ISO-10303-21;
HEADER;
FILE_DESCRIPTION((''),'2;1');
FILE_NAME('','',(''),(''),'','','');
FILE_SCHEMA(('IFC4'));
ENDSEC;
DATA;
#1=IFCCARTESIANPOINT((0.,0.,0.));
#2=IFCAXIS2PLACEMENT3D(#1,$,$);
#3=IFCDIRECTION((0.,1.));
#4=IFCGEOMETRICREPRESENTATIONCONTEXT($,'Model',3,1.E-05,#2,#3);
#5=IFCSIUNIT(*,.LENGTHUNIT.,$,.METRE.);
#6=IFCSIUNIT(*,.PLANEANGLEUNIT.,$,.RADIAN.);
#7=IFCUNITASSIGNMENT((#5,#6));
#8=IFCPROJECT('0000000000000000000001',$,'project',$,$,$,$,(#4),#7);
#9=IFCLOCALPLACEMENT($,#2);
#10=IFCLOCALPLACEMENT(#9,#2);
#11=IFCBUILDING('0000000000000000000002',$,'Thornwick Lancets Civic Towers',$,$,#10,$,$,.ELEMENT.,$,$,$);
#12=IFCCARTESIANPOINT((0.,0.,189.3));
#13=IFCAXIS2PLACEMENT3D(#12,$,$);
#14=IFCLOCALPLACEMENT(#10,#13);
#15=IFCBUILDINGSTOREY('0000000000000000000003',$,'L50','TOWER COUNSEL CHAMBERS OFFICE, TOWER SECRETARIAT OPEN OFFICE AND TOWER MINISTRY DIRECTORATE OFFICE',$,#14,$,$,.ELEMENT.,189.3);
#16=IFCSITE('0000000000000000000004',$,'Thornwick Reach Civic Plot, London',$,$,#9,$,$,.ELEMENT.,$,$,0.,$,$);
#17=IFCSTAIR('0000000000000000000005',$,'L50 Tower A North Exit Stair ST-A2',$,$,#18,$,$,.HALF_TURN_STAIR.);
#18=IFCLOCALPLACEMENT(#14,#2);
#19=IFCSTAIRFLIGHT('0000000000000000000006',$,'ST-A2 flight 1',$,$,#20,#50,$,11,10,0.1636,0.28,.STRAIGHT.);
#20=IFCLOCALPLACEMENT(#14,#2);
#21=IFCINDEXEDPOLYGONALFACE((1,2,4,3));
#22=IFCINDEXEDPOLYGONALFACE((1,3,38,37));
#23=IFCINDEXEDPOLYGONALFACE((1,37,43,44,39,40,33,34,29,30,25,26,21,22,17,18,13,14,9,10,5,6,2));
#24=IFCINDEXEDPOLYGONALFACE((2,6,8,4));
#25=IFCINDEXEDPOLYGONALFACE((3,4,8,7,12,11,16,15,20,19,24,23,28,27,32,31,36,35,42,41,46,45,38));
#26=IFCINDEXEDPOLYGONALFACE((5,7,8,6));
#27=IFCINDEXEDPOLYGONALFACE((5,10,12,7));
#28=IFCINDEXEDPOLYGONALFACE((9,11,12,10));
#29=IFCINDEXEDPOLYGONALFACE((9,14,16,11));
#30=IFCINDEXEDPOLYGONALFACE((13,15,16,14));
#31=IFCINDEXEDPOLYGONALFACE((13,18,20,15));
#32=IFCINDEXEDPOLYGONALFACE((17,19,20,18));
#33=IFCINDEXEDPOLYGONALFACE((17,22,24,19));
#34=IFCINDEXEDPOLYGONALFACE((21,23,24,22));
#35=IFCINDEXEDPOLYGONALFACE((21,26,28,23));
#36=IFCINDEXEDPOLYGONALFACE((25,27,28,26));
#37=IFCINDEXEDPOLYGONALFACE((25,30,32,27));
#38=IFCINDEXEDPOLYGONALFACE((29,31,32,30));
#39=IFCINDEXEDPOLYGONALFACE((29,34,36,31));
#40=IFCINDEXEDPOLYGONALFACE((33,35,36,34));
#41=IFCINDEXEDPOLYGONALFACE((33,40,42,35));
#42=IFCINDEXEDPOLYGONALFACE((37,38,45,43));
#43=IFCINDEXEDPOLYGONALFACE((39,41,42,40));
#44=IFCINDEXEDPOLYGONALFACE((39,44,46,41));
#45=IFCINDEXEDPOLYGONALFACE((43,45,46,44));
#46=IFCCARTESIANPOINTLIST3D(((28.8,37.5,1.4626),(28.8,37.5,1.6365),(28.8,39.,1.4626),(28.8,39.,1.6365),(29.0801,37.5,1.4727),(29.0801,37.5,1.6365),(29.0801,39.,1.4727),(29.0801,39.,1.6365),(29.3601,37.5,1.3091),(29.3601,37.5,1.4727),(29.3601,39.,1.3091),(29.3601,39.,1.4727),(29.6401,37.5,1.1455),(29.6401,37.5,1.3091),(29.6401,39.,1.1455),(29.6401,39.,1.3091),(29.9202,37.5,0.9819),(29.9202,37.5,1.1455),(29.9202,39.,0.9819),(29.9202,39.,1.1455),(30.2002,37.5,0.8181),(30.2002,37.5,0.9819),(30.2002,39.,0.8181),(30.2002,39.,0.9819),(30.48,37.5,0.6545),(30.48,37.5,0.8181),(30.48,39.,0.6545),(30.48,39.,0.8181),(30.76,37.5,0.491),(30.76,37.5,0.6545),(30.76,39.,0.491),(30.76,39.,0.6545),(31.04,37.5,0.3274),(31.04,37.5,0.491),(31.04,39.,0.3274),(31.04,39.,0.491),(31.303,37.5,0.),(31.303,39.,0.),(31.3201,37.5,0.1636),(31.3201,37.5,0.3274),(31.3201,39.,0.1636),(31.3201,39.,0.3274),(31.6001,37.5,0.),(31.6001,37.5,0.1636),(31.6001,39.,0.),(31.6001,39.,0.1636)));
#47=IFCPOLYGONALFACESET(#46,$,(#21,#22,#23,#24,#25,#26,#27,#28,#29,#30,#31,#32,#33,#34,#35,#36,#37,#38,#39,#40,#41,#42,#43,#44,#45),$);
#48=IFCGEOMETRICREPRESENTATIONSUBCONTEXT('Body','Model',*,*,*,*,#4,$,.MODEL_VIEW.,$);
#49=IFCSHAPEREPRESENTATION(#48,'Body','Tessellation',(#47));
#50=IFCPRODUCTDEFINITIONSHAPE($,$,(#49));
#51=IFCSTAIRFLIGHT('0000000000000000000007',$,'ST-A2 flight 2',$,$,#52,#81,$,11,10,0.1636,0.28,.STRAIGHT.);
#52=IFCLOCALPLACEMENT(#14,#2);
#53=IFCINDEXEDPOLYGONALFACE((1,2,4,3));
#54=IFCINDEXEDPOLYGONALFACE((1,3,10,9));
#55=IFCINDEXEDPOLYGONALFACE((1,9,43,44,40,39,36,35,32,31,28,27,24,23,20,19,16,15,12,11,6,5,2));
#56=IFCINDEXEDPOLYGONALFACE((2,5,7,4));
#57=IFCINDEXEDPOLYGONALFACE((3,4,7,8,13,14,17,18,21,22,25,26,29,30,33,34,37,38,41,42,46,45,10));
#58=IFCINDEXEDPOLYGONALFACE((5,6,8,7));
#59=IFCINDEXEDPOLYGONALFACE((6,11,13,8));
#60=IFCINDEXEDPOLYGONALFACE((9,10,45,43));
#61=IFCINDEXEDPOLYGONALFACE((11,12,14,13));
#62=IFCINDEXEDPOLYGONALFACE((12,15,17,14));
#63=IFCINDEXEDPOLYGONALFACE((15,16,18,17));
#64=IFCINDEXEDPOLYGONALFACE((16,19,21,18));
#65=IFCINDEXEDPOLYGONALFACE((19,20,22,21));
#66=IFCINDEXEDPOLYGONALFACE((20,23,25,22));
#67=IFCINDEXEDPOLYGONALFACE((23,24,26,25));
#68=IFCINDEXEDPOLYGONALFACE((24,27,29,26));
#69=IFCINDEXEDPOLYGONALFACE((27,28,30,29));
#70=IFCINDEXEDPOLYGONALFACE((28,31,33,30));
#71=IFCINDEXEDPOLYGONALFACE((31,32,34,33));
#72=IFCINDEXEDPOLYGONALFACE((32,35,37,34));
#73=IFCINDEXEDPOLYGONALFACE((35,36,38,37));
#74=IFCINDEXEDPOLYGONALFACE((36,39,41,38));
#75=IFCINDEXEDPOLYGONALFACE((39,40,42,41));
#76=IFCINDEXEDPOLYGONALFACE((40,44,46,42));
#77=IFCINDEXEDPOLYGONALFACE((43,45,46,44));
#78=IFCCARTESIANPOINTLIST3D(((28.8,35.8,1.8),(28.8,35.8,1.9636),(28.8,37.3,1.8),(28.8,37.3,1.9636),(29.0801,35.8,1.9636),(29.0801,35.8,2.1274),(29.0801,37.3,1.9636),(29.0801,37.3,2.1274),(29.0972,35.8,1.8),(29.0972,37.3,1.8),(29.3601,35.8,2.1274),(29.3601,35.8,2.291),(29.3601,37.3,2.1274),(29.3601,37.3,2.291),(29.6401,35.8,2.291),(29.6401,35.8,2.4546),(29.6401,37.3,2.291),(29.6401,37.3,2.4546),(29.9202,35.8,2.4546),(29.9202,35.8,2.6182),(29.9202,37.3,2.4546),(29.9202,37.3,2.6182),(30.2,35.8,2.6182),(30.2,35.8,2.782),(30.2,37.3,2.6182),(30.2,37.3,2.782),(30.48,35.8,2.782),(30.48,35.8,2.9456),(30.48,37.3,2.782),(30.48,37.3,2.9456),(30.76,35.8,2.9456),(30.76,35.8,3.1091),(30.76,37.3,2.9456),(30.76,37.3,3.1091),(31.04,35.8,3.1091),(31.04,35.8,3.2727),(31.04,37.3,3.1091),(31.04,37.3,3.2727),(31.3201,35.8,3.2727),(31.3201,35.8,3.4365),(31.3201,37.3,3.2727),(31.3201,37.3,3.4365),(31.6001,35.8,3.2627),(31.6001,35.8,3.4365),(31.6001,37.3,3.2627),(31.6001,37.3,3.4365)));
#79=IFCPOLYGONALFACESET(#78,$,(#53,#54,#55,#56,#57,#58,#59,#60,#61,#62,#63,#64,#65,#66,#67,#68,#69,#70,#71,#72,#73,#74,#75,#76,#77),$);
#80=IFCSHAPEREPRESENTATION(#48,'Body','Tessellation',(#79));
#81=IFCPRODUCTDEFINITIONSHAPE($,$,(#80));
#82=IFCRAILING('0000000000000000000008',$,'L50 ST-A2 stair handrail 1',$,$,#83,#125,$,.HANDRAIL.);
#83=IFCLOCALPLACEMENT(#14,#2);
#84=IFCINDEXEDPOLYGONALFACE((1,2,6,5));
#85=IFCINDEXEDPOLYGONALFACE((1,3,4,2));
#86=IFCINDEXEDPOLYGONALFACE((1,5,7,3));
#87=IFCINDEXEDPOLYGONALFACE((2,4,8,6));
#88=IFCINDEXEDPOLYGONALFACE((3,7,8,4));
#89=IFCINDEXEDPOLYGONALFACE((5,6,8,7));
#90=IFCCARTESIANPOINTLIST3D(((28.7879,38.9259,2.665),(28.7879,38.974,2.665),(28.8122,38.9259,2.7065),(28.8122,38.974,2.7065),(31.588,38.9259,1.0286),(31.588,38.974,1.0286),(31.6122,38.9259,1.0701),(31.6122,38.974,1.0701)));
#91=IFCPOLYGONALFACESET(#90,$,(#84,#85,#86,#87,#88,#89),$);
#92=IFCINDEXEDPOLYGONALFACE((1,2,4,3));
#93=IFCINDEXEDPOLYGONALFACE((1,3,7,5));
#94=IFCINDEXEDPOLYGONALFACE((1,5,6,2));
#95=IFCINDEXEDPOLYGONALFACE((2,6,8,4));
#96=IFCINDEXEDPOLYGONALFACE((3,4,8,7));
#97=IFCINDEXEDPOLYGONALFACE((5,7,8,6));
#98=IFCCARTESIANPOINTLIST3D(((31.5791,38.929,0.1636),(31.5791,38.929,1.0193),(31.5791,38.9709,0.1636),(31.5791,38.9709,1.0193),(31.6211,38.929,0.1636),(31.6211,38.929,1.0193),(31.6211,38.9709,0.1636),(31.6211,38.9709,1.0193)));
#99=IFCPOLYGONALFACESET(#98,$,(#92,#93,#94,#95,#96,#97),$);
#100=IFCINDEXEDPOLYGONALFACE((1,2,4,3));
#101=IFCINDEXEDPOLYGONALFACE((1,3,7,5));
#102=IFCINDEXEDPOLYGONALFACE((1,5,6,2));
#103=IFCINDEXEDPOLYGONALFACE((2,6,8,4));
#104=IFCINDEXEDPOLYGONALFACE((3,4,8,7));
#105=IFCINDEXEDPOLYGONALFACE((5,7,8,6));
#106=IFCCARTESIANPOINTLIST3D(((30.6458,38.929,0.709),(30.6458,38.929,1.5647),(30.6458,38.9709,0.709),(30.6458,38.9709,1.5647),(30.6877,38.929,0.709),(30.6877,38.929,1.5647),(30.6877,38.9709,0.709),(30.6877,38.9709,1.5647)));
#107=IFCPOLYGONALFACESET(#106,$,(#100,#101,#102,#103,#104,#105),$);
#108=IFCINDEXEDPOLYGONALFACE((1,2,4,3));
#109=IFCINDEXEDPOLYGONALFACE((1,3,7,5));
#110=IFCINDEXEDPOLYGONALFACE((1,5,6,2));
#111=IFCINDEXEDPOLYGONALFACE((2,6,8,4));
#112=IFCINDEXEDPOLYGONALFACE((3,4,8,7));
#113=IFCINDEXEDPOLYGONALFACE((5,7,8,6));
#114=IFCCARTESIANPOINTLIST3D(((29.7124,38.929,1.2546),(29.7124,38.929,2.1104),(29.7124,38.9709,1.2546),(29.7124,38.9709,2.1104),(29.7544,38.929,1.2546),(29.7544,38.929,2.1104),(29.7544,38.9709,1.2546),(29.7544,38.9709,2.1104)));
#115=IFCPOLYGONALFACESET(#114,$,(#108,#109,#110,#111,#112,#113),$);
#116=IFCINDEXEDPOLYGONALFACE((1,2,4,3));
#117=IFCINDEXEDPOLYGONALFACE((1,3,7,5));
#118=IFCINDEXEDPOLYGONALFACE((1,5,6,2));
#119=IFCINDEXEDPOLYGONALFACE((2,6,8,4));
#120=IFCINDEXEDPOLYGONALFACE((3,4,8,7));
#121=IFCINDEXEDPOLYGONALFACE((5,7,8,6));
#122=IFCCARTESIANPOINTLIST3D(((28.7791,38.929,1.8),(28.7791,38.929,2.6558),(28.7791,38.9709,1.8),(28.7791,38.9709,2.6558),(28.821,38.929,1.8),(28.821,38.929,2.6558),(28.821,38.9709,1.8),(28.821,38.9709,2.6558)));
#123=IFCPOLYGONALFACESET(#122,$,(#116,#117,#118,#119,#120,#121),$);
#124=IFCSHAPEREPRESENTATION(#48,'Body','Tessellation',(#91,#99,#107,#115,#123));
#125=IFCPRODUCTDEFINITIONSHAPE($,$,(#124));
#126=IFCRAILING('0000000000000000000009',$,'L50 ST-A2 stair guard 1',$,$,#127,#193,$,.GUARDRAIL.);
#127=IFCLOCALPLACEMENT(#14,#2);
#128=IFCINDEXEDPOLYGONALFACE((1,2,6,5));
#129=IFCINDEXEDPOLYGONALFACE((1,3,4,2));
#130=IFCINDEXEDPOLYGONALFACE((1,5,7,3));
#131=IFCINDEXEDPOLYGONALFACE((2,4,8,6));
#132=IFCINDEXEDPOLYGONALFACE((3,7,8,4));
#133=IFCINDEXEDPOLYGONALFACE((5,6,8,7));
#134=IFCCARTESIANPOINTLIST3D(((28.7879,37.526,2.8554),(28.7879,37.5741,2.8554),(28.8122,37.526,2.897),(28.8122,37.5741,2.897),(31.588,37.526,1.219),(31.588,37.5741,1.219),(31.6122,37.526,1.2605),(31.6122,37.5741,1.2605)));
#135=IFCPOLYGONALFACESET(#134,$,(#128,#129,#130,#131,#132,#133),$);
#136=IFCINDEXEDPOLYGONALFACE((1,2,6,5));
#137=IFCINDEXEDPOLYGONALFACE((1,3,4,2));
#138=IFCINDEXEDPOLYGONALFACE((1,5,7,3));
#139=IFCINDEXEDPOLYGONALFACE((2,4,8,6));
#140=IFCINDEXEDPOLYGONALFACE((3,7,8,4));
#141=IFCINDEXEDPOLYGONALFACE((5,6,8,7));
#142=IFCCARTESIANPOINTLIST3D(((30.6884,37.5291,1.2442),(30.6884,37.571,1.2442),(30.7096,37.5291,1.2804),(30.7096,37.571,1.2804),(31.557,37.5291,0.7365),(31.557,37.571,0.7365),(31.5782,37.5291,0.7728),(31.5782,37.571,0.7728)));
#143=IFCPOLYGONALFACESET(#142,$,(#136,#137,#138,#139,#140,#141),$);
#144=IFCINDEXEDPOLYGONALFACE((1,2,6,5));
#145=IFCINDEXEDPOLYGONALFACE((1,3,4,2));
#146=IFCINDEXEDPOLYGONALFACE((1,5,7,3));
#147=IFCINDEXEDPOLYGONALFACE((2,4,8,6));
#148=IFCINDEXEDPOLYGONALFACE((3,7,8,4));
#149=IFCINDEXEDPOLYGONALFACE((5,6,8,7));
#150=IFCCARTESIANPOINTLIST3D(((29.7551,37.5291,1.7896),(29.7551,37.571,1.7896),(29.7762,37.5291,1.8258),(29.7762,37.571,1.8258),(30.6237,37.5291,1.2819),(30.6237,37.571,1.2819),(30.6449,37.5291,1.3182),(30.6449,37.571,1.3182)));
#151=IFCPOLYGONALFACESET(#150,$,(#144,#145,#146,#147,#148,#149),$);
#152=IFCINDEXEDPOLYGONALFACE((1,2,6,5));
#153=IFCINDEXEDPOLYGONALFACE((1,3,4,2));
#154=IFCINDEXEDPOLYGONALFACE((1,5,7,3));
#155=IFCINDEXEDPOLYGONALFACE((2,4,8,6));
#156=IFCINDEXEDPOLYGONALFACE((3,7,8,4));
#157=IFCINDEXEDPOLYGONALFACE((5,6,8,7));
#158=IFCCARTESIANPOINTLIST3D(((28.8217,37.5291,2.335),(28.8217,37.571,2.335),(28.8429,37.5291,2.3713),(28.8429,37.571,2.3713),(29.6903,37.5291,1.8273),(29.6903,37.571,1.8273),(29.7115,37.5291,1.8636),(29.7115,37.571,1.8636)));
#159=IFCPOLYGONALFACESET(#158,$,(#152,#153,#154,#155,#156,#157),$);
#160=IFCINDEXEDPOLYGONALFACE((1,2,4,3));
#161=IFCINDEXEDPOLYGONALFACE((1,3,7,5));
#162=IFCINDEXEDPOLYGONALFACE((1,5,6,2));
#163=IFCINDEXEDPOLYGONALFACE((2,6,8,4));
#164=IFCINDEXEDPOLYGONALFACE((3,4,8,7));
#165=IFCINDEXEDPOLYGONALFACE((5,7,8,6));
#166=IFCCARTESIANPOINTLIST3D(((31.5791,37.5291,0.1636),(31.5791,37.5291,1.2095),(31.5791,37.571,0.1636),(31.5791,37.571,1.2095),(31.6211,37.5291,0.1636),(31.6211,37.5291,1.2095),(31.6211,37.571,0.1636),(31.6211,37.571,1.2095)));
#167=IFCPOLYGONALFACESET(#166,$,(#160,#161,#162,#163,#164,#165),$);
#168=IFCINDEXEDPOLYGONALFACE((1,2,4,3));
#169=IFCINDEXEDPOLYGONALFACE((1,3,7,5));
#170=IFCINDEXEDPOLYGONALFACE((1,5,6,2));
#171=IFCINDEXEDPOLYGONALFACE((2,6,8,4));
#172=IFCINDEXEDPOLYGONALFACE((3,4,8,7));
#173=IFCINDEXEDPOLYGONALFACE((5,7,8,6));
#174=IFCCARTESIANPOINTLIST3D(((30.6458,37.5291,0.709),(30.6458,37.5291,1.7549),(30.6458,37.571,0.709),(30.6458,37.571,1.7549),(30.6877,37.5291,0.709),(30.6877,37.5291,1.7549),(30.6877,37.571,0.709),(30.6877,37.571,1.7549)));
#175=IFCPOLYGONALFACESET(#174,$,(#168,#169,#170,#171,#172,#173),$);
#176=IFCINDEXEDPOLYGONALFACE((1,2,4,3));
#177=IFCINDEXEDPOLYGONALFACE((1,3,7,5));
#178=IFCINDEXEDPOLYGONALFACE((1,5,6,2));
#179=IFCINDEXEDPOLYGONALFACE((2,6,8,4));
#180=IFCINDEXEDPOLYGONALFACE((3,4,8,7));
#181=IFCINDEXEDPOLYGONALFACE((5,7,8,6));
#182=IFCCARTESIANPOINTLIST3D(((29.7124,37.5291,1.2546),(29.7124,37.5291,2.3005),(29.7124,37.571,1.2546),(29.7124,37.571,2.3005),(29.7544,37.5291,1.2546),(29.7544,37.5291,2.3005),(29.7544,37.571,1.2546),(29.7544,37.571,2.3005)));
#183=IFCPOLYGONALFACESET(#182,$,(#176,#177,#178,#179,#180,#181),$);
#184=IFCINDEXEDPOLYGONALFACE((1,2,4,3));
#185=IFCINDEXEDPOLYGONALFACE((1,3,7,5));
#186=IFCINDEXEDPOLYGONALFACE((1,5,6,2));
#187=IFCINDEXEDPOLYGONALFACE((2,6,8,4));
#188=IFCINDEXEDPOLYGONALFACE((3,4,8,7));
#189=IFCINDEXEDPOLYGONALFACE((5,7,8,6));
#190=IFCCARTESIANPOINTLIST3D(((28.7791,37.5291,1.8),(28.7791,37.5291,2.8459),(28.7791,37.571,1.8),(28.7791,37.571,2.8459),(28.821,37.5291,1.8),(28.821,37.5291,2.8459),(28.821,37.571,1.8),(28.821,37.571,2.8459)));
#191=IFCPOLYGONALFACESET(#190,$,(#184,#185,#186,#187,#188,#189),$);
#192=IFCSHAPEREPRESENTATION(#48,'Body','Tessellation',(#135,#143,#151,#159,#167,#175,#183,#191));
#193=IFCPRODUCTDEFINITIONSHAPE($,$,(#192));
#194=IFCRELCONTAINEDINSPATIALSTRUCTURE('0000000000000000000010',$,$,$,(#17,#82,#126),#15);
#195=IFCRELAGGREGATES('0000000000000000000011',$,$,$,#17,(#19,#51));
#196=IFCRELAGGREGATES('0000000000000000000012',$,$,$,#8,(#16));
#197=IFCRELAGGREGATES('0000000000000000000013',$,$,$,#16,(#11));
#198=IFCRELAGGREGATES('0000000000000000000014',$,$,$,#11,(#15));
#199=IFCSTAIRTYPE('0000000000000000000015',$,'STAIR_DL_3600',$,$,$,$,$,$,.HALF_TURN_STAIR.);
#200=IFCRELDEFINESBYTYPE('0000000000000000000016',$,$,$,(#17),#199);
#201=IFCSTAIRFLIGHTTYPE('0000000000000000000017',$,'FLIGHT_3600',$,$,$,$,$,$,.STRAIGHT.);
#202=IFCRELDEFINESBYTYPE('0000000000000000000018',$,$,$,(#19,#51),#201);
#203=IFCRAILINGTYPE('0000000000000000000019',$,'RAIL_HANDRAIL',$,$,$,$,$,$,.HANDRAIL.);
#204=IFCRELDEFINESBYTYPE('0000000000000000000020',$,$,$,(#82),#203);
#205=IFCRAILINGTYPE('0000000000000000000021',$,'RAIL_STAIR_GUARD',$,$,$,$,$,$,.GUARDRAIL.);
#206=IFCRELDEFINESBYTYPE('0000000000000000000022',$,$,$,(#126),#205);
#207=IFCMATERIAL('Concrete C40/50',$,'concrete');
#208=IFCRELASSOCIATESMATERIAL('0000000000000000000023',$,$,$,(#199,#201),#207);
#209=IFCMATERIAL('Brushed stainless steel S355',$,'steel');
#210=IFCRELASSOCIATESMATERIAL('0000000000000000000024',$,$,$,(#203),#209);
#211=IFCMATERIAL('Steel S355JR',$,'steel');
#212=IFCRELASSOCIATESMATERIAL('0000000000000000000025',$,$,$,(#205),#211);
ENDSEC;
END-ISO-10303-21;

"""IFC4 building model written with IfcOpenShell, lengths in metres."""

from ifc_helpers import new_model, si_unit, direction, frame, origin, origin_2d, place, context, subcontext, project, spatial, polyline, rectangle, outline, extrude, material, type_object, element, aggregate, save


model = new_model("IFC4")

# Units and contexts
model_context = context("Model", 3, precision=1e-05, world=origin(), true_north=direction((0.0, 1.0)))
body_context = subcontext(model_context, "Body", "Model", "MODEL_VIEW")
ifc_project = project(units=[si_unit("LENGTHUNIT", "METRE"), si_unit("PLANEANGLEUNIT", "RADIAN")], contexts=[model_context])

# Site, building, storey
site_placement = place(None, origin())
site = spatial("IfcSite", under=ifc_project, at=site_placement, Name="Thornwick Reach Civic Plot, London", CompositionType="ELEMENT", RefElevation=0.0)
building_placement = place(site_placement, origin())
building = spatial("IfcBuilding", under=site, at=building_placement, Name="Thornwick Lancets Civic Towers", CompositionType="ELEMENT")
storey_placement = place(building_placement, frame((0.0, 0.0, 189.3)))
storey = spatial("IfcBuildingStorey", under=building, at=storey_placement, Name="L50", Description="TOWER COUNSEL CHAMBERS OFFICE, TOWER SECRETARIAT OPEN OFFICE AND TOWER MINISTRY DIRECTORATE OFFICE", CompositionType="ELEMENT", Elevation=189.3)

# Shared definitions
ifc_material_1 = material(Name="Steel S355JR", Category="steel")
ifc_material_2 = material(Name="Concrete C40/50", Category="concrete")

# Stair, stair flights
stair_type = type_object("IfcStairType", Name="STAIR_DL_3600", PredefinedType="HALF_TURN_STAIR", material=ifc_material_2)
stair_placement = place(storey_placement, origin())
stair = element("IfcStair", 1, at=stair_placement, inside=storey, type_object=stair_type, Name="L50 Tower A North Exit Stair ST-A2", PredefinedType="HALF_TURN_STAIR")
stair_flight_type = type_object("IfcStairFlightType", Name="FLIGHT_3600", PredefinedType="STRAIGHT", material=ifc_material_2)
stair_flight_1_placement = place(storey_placement, frame((31.6001, 38.25, 0.0), z_axis=(0.0, 0.0, 1.0), x_axis=(-1.0, 0.0, 0.0)))
stair_flight_1 = element("IfcStairFlight", 2, at=stair_flight_1_placement, type_object=stair_flight_type, Name="ST-A2 flight 1", NumberOfRisers=11, NumberOfTreads=10, PredefinedType="STRAIGHT", RiserHeight=0.1636, TreadLength=0.28, context=body_context, shape_type="SweptSolid", body=[
    extrude(outline(polyline([(0.0, 0.0), (0.0, 0.1636), (0.28, 0.1636), (0.28, 0.3274), (0.5601, 0.3274), (0.5601, 0.491), (0.8401, 0.491), (0.8401, 0.6545), (1.1201, 0.6545), (1.1201, 0.8181), (1.3999, 0.8181), (1.3999, 0.9819), (1.6799, 0.9819), (1.6799, 1.1455), (1.96, 1.1455), (1.96, 1.3091), (2.24, 1.3091), (2.24, 1.4727), (2.52, 1.4727), (2.52, 1.6365), (2.8, 1.6365), (2.8, 1.8), (2.8, 1.4626), (0.2971, 0.0), (0.0, 0.0)])), frame((0.0, 0.75, 0.0), z_axis=(0.0, -1.0, 0.0), x_axis=(1.0, 0.0, 0.0)), (0.0, 0.0, 1.0), 1.5),
])
stair_flight_2_placement = place(storey_placement, frame((28.8, 36.55, 1.8), z_axis=(0.0, 0.0, 1.0), x_axis=(1.0, 0.0, 0.0)))
stair_flight_2 = element("IfcStairFlight", 3, at=stair_flight_2_placement, type_object=stair_flight_type, Name="ST-A2 flight 2", NumberOfRisers=11, NumberOfTreads=10, PredefinedType="STRAIGHT", RiserHeight=0.1636, TreadLength=0.28, context=body_context, shape_type="SweptSolid", body=[
    extrude(outline(polyline([(0.0, 0.0), (0.0, 0.1636), (0.28, 0.1636), (0.28, 0.3274), (0.5601, 0.3274), (0.5601, 0.491), (0.8401, 0.491), (0.8401, 0.6545), (1.1201, 0.6545), (1.1201, 0.8181), (1.3999, 0.8181), (1.3999, 0.9819), (1.6799, 0.9819), (1.6799, 1.1455), (1.96, 1.1455), (1.96, 1.3091), (2.24, 1.3091), (2.24, 1.4727), (2.52, 1.4727), (2.52, 1.6365), (2.8, 1.6365), (2.8, 1.8), (2.8, 1.4626), (0.2971, 0.0), (0.0, 0.0)])), frame((0.0, 0.75, 0.0), z_axis=(0.0, -1.0, 0.0), x_axis=(1.0, 0.0, 0.0)), (0.0, 0.0, 1.0), 1.5),
])
aggregate(stair, [stair_flight_1, stair_flight_2])

# Railings
ifc_material_3 = material(Name="Brushed stainless steel S355", Category="steel")
railing_type_1 = type_object("IfcRailingType", Name="RAIL_HANDRAIL", PredefinedType="HANDRAIL", material=ifc_material_3)
railing_1_placement = place(storey_placement, frame((31.6001, 38.95, 0.1636)))
element("IfcRailing", 4, at=railing_1_placement, inside=storey, type_object=railing_type_1, Name="L50 ST-A2 stair handrail 1", PredefinedType="HANDRAIL", context=body_context, shape_type="SweptSolid", body=[
    extrude(rectangle(XDim=0.0481, YDim=0.0481, at=origin_2d()), frame((0.0, 0.0, 0.8857), z_axis=(-0.863361, 0.0, 0.504587), x_axis=(0.0, -1.0, 0.0)), (0.0, 0.0, 1.0), 3.2432),
    extrude(rectangle(XDim=0.042, YDim=0.042, at=origin_2d()), origin(), (0.0, 0.0, 1.0), 0.8557),
    extrude(rectangle(XDim=0.042, YDim=0.042, at=origin_2d()), frame((-0.9333, 0.0, 0.5454)), (0.0, 0.0, 1.0), 0.8557),
    extrude(rectangle(XDim=0.042, YDim=0.042, at=origin_2d()), frame((-1.8667, 0.0, 1.0911)), (0.0, 0.0, 1.0), 0.8557),
    extrude(rectangle(XDim=0.042, YDim=0.042, at=origin_2d()), frame((-2.8, 0.0, 1.6365)), (0.0, 0.0, 1.0), 0.8557),
])
railing_type_2 = type_object("IfcRailingType", Name="RAIL_STAIR_GUARD", PredefinedType="GUARDRAIL", material=ifc_material_1)
railing_2_placement = place(storey_placement, frame((31.6001, 37.55, 0.1636)))
element("IfcRailing", 5, at=railing_2_placement, inside=storey, type_object=railing_type_2, Name="L50 ST-A2 stair guard 1", PredefinedType="GUARDRAIL", context=body_context, shape_type="SweptSolid", body=[
    extrude(rectangle(XDim=0.0481, YDim=0.0481, at=origin_2d()), frame((0.0, 0.0, 1.0762), z_axis=(-0.863361, 0.0, 0.504587), x_axis=(0.0, -1.0, 0.0)), (0.0, 0.0, 1.0), 3.2432),
    extrude(rectangle(XDim=0.042, YDim=0.042, at=origin_2d()), frame((-0.0325, 0.0, 0.5911), z_axis=(-0.863361, 0.0, 0.504587), x_axis=(0.0, -1.0, 0.0)), (0.0, 0.0, 1.0), 1.0061),
    extrude(rectangle(XDim=0.042, YDim=0.042, at=origin_2d()), frame((-0.9658, 0.0, 1.1365), z_axis=(-0.863361, 0.0, 0.504587), x_axis=(0.0, -1.0, 0.0)), (0.0, 0.0, 1.0), 1.0061),
    extrude(rectangle(XDim=0.042, YDim=0.042, at=origin_2d()), frame((-1.8992, 0.0, 1.6819), z_axis=(-0.863361, 0.0, 0.504587), x_axis=(0.0, -1.0, 0.0)), (0.0, 0.0, 1.0), 1.0061),
    extrude(rectangle(XDim=0.042, YDim=0.042, at=origin_2d()), origin(), (0.0, 0.0, 1.0), 1.0459),
    extrude(rectangle(XDim=0.042, YDim=0.042, at=origin_2d()), frame((-0.9333, 0.0, 0.5454)), (0.0, 0.0, 1.0), 1.0459),
    extrude(rectangle(XDim=0.042, YDim=0.042, at=origin_2d()), frame((-1.8667, 0.0, 1.0911)), (0.0, 0.0, 1.0), 1.0459),
    extrude(rectangle(XDim=0.042, YDim=0.042, at=origin_2d()), frame((-2.8, 0.0, 1.6365)), (0.0, 0.0, 1.0), 1.0459),
])

save(model, "model.ifc")
